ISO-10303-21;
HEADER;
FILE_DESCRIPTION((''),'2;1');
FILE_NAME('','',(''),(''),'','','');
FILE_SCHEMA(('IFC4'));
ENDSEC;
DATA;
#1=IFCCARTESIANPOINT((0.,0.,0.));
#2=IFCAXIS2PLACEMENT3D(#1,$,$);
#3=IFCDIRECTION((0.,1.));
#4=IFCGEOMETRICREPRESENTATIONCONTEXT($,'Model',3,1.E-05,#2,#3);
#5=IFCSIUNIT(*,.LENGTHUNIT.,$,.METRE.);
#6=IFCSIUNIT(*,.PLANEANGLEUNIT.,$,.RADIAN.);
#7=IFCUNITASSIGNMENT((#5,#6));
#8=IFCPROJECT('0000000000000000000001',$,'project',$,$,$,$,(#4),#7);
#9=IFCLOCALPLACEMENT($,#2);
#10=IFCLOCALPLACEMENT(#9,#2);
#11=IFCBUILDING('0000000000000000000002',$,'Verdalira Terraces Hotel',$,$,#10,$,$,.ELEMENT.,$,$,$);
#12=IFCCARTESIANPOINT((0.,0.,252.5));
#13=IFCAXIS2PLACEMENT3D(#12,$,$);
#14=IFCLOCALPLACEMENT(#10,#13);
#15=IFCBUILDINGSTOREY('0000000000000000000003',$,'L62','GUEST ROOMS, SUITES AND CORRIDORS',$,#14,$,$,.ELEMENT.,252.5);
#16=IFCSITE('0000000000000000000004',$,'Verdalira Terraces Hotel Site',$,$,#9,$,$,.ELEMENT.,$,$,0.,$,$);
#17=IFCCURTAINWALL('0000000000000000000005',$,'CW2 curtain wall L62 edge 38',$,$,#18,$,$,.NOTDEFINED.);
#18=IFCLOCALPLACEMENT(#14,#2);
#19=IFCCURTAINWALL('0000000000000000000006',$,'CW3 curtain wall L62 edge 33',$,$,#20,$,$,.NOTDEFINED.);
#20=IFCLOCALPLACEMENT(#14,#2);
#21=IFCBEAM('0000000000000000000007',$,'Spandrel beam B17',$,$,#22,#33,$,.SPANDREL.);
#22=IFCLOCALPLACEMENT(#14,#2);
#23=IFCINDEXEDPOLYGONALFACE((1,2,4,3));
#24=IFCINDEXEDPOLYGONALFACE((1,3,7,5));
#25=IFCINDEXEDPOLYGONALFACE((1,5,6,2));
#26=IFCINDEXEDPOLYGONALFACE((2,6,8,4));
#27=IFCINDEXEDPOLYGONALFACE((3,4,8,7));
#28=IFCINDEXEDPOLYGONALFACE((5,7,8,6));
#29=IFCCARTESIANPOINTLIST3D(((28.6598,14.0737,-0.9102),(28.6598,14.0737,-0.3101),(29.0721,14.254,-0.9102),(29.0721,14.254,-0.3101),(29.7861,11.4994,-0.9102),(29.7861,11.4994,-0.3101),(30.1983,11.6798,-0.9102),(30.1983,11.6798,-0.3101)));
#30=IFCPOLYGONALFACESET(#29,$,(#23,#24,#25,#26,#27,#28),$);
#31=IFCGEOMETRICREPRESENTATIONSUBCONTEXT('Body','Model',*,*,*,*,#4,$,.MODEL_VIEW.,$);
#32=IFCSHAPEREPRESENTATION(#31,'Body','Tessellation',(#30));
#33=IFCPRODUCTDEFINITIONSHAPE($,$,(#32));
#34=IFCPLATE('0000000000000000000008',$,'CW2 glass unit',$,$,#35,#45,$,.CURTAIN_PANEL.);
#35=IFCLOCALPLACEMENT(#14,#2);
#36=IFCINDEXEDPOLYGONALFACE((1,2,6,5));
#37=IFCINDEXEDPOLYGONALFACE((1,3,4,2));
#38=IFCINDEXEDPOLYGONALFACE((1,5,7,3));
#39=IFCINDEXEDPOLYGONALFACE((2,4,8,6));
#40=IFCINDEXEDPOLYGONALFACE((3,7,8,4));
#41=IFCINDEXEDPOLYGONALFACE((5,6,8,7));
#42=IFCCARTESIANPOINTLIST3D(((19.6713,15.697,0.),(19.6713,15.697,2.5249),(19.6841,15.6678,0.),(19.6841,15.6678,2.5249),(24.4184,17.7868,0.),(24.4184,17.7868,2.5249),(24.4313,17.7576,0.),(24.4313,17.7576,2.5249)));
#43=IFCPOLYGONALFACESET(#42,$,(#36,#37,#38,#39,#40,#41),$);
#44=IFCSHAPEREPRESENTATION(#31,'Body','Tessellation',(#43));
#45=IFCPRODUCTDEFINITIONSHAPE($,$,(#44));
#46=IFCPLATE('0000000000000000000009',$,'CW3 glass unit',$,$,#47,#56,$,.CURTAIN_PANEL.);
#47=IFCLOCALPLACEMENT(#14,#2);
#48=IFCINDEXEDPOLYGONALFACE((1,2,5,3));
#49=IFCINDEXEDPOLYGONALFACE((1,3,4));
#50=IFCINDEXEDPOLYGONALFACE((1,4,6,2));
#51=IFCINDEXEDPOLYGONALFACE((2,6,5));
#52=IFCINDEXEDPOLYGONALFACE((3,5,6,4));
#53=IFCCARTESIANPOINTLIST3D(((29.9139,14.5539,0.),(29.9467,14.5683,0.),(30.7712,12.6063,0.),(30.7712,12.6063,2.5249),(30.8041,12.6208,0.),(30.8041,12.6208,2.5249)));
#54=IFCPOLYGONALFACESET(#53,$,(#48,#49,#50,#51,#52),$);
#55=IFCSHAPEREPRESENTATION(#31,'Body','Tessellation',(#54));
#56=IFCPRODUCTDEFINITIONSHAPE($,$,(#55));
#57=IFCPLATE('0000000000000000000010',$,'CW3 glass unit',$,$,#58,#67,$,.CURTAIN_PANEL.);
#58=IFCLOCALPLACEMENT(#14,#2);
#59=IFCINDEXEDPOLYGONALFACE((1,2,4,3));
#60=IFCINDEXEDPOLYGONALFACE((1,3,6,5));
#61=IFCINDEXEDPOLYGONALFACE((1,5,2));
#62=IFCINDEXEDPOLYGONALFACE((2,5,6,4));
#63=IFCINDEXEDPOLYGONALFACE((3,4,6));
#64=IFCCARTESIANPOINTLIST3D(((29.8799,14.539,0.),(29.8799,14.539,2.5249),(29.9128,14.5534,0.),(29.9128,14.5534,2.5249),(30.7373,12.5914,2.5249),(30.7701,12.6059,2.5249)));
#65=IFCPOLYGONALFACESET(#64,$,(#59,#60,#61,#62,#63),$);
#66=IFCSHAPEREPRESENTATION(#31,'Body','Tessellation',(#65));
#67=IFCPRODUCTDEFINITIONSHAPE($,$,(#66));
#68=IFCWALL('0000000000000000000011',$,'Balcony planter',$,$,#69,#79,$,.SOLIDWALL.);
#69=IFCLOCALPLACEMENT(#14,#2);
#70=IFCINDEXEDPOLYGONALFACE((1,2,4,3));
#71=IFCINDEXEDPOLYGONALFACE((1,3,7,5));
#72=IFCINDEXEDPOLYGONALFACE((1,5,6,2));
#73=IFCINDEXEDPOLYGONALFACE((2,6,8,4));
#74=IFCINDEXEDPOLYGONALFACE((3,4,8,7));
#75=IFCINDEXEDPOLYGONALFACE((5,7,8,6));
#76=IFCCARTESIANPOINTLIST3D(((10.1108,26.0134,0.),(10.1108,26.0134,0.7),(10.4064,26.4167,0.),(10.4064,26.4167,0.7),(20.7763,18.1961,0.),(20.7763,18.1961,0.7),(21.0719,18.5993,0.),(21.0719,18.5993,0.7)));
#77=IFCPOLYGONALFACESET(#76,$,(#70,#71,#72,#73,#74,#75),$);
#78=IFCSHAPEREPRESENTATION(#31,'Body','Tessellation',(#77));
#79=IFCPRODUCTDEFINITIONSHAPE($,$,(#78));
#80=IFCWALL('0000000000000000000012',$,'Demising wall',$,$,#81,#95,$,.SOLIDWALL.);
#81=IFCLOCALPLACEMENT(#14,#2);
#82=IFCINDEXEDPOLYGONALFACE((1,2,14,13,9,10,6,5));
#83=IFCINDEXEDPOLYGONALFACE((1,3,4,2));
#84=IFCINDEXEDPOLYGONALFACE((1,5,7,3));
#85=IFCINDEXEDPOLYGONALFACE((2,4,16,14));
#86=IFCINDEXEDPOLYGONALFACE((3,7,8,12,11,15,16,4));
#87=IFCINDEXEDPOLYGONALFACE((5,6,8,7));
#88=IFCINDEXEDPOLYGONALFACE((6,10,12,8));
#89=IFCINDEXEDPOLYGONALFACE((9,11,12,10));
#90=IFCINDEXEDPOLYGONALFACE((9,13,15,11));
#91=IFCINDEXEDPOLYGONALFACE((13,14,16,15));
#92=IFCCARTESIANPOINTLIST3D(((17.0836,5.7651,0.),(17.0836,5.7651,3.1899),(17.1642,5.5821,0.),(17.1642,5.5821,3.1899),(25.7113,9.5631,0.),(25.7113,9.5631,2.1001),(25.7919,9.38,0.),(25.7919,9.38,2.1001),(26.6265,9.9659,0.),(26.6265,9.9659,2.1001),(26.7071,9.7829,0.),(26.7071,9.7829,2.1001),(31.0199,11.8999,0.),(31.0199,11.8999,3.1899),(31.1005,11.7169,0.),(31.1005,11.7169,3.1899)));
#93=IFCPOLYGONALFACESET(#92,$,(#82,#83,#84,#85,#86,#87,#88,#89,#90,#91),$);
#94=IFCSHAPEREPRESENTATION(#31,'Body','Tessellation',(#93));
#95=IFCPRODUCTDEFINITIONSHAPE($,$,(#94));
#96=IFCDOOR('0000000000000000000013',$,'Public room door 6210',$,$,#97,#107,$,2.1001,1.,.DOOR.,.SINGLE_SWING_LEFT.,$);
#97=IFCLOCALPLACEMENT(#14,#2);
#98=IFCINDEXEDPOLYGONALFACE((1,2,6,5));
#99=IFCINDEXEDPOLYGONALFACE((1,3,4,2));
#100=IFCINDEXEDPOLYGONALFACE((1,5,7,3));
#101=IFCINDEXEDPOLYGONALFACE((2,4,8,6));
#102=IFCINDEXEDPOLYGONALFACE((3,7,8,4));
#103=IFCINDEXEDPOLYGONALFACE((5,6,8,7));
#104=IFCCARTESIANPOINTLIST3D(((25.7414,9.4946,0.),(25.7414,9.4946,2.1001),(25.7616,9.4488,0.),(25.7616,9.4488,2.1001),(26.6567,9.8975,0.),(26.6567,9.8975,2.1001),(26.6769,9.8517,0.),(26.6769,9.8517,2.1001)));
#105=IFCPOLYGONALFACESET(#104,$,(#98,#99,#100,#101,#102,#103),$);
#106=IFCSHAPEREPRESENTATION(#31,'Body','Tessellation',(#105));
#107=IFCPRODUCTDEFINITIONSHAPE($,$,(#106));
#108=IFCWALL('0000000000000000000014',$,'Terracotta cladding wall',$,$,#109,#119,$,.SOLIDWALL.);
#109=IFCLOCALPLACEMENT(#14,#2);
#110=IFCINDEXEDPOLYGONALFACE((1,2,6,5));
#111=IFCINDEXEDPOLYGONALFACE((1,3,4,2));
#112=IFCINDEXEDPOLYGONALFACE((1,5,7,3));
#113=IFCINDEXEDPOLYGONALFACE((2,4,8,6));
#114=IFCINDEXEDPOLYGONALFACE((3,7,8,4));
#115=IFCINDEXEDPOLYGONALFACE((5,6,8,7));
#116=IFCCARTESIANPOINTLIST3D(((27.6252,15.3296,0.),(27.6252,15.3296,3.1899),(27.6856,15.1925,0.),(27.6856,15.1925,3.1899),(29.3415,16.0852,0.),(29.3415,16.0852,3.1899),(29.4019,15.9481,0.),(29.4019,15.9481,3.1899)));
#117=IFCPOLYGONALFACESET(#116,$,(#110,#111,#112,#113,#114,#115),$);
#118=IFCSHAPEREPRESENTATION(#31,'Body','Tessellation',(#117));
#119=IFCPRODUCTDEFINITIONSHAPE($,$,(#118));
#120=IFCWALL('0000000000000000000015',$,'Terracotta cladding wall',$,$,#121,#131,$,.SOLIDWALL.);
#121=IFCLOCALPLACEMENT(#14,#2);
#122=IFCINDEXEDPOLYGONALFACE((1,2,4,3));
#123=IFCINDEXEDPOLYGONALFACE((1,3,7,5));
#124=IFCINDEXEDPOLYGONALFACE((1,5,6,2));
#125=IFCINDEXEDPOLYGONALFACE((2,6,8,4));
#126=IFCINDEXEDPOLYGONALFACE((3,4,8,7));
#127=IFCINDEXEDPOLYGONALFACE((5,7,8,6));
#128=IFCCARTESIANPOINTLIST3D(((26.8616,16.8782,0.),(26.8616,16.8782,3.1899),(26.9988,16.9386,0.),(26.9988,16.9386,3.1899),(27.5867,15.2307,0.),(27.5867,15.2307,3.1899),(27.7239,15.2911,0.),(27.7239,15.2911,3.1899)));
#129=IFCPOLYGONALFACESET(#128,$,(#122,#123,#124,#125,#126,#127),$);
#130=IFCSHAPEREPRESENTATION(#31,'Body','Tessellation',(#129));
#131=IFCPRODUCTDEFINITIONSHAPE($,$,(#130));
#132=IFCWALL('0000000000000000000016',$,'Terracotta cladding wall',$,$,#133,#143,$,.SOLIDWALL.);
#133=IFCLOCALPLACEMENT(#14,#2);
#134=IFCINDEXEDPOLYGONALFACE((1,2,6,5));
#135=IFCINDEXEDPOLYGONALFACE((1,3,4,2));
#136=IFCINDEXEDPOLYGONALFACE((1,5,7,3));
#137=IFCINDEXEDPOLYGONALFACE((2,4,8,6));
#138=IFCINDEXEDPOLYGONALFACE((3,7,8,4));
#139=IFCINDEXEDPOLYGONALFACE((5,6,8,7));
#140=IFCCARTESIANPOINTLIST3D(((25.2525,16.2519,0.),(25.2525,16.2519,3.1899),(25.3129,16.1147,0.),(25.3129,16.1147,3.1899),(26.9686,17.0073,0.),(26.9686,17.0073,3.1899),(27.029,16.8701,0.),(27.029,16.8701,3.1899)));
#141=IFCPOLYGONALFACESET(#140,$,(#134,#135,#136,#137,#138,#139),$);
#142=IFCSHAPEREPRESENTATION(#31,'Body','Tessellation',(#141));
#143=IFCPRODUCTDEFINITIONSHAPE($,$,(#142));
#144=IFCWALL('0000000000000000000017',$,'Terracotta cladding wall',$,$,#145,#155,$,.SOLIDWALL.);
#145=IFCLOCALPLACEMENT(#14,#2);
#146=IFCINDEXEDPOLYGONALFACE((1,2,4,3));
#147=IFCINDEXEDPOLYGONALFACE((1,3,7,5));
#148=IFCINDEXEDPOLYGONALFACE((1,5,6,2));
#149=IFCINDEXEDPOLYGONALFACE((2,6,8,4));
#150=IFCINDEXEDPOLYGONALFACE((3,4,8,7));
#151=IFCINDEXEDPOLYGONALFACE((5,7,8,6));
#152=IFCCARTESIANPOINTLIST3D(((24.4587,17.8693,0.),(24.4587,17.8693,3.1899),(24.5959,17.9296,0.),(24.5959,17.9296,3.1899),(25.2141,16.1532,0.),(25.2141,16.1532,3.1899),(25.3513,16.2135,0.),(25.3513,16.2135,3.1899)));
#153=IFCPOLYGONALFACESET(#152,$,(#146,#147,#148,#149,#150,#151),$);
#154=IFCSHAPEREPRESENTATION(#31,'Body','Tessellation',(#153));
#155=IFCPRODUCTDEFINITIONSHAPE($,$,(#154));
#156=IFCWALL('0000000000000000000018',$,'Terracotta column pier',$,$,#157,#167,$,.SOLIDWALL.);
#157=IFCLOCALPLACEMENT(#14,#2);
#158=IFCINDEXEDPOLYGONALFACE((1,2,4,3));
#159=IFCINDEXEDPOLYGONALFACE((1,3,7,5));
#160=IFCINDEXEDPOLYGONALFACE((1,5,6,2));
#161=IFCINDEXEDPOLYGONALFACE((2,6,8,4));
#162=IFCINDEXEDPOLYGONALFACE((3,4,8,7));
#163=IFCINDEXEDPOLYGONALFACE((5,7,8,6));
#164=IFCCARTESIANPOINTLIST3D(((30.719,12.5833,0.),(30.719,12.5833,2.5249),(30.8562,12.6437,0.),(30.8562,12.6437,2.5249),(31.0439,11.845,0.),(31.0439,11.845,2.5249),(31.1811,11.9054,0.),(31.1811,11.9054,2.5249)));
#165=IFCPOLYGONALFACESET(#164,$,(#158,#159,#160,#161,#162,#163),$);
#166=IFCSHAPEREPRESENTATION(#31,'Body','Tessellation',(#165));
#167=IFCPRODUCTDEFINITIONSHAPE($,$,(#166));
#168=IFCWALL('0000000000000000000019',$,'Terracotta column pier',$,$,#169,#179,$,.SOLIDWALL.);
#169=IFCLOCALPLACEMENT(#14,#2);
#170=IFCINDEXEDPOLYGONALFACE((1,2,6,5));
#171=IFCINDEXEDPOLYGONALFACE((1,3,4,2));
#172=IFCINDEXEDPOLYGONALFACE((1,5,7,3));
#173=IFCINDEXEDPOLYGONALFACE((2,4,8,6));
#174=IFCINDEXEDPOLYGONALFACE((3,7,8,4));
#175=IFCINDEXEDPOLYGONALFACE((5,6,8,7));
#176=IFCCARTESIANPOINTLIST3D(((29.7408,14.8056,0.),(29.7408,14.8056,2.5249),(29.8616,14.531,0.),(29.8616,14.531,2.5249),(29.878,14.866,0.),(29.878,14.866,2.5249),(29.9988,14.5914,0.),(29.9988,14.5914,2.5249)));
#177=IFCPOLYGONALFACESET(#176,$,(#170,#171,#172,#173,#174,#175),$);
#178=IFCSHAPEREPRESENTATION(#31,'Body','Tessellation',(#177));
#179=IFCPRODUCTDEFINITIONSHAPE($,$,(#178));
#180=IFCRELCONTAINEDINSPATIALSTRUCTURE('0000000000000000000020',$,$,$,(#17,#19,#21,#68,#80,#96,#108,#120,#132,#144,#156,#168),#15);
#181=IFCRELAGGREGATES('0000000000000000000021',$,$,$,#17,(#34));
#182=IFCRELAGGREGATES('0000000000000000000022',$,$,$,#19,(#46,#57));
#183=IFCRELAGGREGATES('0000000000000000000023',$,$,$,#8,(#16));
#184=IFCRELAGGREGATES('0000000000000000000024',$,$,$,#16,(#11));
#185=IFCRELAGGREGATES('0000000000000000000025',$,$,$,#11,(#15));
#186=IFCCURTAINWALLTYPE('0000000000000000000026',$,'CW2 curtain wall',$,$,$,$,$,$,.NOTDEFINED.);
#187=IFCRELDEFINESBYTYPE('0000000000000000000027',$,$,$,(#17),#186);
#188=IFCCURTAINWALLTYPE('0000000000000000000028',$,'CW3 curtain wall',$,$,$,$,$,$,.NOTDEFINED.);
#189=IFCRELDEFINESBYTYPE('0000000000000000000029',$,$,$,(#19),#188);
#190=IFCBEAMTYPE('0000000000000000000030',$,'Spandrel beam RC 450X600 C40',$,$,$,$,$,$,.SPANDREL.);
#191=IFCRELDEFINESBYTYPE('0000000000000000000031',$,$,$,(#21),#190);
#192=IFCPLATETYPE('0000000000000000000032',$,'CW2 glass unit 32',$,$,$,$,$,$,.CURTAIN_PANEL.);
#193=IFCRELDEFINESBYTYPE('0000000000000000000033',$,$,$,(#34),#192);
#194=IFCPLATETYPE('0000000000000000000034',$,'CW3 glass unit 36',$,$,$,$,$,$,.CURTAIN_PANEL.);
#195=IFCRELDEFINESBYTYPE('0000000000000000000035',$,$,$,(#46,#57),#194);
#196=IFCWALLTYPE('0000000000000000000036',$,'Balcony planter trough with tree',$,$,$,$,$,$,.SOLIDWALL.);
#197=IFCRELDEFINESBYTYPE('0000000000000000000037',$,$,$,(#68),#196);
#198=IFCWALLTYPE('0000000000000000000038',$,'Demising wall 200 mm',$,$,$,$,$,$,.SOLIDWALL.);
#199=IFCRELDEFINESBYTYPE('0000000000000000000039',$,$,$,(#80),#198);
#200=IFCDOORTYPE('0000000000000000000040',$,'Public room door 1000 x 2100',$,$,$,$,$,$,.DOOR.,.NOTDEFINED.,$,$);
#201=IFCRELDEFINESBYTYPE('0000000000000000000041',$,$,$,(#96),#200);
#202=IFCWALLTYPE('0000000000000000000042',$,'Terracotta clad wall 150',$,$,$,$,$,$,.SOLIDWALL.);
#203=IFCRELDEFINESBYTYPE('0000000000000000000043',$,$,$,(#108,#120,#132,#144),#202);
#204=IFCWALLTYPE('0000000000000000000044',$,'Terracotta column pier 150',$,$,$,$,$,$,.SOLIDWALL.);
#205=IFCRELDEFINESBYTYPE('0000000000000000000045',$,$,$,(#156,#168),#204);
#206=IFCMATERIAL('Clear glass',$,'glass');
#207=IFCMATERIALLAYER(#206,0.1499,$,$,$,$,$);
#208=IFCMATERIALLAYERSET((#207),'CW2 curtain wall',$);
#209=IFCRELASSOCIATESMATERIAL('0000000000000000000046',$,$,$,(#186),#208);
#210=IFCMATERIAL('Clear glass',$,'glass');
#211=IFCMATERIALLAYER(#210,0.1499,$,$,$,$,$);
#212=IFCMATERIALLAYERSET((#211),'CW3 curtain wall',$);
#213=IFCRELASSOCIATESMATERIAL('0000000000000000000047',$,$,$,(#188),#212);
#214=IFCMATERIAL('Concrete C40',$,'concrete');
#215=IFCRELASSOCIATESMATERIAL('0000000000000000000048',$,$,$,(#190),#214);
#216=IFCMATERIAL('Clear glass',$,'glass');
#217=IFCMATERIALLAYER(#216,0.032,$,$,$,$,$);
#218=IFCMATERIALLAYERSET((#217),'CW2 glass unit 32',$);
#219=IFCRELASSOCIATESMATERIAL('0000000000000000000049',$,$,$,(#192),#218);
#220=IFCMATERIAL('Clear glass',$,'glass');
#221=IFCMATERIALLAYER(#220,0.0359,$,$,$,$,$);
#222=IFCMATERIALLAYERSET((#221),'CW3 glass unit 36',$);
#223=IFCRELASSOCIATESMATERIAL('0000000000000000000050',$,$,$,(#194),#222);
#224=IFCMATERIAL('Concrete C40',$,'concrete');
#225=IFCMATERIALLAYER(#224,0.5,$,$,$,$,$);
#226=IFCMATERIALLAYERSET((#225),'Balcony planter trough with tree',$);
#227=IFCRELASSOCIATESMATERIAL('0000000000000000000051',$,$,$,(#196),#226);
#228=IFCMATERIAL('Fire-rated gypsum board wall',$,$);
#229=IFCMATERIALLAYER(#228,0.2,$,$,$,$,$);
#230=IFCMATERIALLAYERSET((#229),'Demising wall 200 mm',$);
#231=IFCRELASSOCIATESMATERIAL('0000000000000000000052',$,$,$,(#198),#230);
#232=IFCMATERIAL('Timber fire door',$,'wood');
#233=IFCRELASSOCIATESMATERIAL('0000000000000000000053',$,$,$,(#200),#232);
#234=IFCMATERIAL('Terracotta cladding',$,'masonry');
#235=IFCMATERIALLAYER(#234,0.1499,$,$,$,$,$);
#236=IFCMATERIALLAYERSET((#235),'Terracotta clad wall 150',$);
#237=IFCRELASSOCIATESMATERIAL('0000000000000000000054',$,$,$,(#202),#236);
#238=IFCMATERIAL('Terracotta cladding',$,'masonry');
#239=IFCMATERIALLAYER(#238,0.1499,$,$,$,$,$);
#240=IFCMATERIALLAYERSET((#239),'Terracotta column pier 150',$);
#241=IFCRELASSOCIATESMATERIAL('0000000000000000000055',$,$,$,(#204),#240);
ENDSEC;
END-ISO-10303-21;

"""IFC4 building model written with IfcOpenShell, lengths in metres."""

from ifc_helpers import new_model, si_unit, direction, frame, frame_2d, origin, origin_2d, place, context, subcontext, project, spatial, polyline, rectangle, outline, extrude, material, layer, layer_set, material_profile, profile_set, type_object, element, fill, aggregate, save


model = new_model("IFC4")

# Units and contexts
model_context = context("Model", 3, precision=1e-05, world=origin(), true_north=direction((0.0, 1.0)))
body_context = subcontext(model_context, "Body", "Model", "MODEL_VIEW")
ifc_project = project(units=[si_unit("LENGTHUNIT", "METRE"), si_unit("PLANEANGLEUNIT", "RADIAN")], contexts=[model_context])

# Site, building, storey
site_placement = place(None, origin())
site = spatial("IfcSite", under=ifc_project, at=site_placement, Name="Verdalira Terraces Hotel Site", CompositionType="ELEMENT", RefElevation=0.0)
building_placement = place(site_placement, origin())
building = spatial("IfcBuilding", under=site, at=building_placement, Name="Verdalira Terraces Hotel", CompositionType="ELEMENT")
storey_placement = place(building_placement, frame((0.0, 0.0, 252.5)))
storey = spatial("IfcBuildingStorey", under=building, at=storey_placement, Name="L62", Description="GUEST ROOMS, SUITES AND CORRIDORS", CompositionType="ELEMENT", Elevation=252.5)

# Curtain walls
ifc_material_1 = material(Name="Clear glass", Category="glass")
ifc_layer_1 = layer(ifc_material_1, 0.1499)
ifc_layer_set_1 = layer_set([ifc_layer_1], Name="CW2 curtain wall")
curtain_wall_type_1 = type_object("IfcCurtainWallType", Name="CW2 curtain wall", PredefinedType="NOTDEFINED", material=ifc_layer_set_1)
curtain_wall_1_placement = place(storey_placement, origin())
curtain_wall_1 = element("IfcCurtainWall", 1, at=curtain_wall_1_placement, inside=storey, type_object=curtain_wall_type_1, Name="CW2 curtain wall L62 edge 38", PredefinedType="NOTDEFINED")
ifc_material_2 = material(Name="Clear glass", Category="glass")
ifc_layer_2 = layer(ifc_material_2, 0.1499)
ifc_layer_set_2 = layer_set([ifc_layer_2], Name="CW3 curtain wall")
curtain_wall_type_2 = type_object("IfcCurtainWallType", Name="CW3 curtain wall", PredefinedType="NOTDEFINED", material=ifc_layer_set_2)
curtain_wall_2_placement = place(storey_placement, origin())
curtain_wall_2 = element("IfcCurtainWall", 2, at=curtain_wall_2_placement, inside=storey, type_object=curtain_wall_type_2, Name="CW3 curtain wall L62 edge 33", PredefinedType="NOTDEFINED")

# Beam
ifc_material_3 = material(Name="Concrete C40", Category="concrete")
ifc_material_profile_1 = material_profile(ifc_material_3, rectangle(XDim=0.45, YDim=0.6001, at=origin_2d()), Name="RC 450X600")
ifc_profile_set_1 = profile_set([ifc_material_profile_1], Name="Concrete C40")
beam_type_1 = type_object("IfcBeamType", Name="Spandrel beam RC 450X600 C40", PredefinedType="SPANDREL", material=ifc_profile_set_1)
beam_1_placement = place(storey_placement, frame((29.9922, 11.5896, -0.6101), z_axis=(-0.400819, 0.916157, 0.0), x_axis=(-0.916157, -0.400819, 0.0)))
element("IfcBeam", 3, at=beam_1_placement, inside=storey, type_object=beam_type_1, Name="Spandrel beam B17", PredefinedType="SPANDREL", context=body_context, shape_type="SweptSolid", body=[
    extrude(rectangle(XDim=0.45, YDim=0.6001, at=origin_2d()), origin(), (0.0, 0.0, 1.0), 2.8098),
])

# Plates
ifc_material_4 = material(Name="Clear glass", Category="glass")
ifc_layer_3 = layer(ifc_material_4, 0.032)
ifc_layer_set_3 = layer_set([ifc_layer_3], Name="CW2 glass unit 32")
plate_type_1 = type_object("IfcPlateType", Name="CW2 glass unit 32", PredefinedType="CURTAIN_PANEL", material=ifc_layer_set_3)
plate_1_placement = place(storey_placement, frame((22.0513, 16.7273, 0.0), z_axis=(0.0, 0.0, 1.0), x_axis=(-0.915241, -0.402906, 0.0)))
plate_1 = element("IfcPlate", 4, at=plate_1_placement, type_object=plate_type_1, Name="CW2 glass unit", PredefinedType="CURTAIN_PANEL", context=body_context, shape_type="SweptSolid", body=[
    extrude(rectangle(XDim=5.1868, YDim=0.032, at=origin_2d()), origin(), (0.0, 0.0, 1.0), 2.5249),
])
aggregate(curtain_wall_1, [plate_1])
ifc_material_5 = material(Name="Clear glass", Category="glass")
ifc_layer_4 = layer(ifc_material_5, 0.0359)
ifc_layer_set_4 = layer_set([ifc_layer_4], Name="CW3 glass unit 36")
plate_type_2 = type_object("IfcPlateType", Name="CW3 glass unit 36", PredefinedType="CURTAIN_PANEL", material=ifc_layer_set_4)
plate_2_placement = place(storey_placement, frame((30.3425, 13.5801, 1.2625), z_axis=(0.915241, 0.402906, 0.0), x_axis=(-0.402906, 0.915241, 0.0)))
plate_2 = element("IfcPlate", 5, at=plate_2_placement, type_object=plate_type_2, Name="CW3 glass unit", PredefinedType="CURTAIN_PANEL", context=body_context, shape_type="SweptSolid", body=[
    extrude(outline(polyline([(-1.064, -1.2625), (1.064, -1.2625), (-1.064, 1.2625), (-1.064, -1.2625)])), origin(), (0.0, 0.0, 1.0), 0.0359),
])
plate_3_placement = place(storey_placement, frame((30.3086, 13.5652, 1.2625), z_axis=(0.915241, 0.402906, 0.0), x_axis=(-0.402906, 0.915241, 0.0)))
plate_3 = element("IfcPlate", 6, at=plate_3_placement, type_object=plate_type_2, Name="CW3 glass unit", PredefinedType="CURTAIN_PANEL", context=body_context, shape_type="SweptSolid", body=[
    extrude(outline(polyline([(1.064, -1.2625), (1.064, 1.2625), (-1.064, 1.2625), (1.064, -1.2625)])), origin(), (0.0, 0.0, 1.0), 0.0359),
])
aggregate(curtain_wall_2, [plate_2, plate_3])

# Wall
ifc_material_6 = material(Name="Concrete C40", Category="concrete")
ifc_layer_5 = layer(ifc_material_6, 0.5)
ifc_layer_set_5 = layer_set([ifc_layer_5], Name="Balcony planter trough with tree")
wall_type_1 = type_object("IfcWallType", Name="Balcony planter trough with tree", PredefinedType="SOLIDWALL", material=ifc_layer_set_5)
wall_1_placement = place(storey_placement, frame((20.9241, 18.3977, 0.0), z_axis=(0.0, 0.0, 1.0), x_axis=(-0.806549, 0.591167, 0.0)))
element("IfcWall", 7, at=wall_1_placement, inside=storey, type_object=wall_type_1, Name="Balcony planter", PredefinedType="SOLIDWALL", context=body_context, shape_type="SweptSolid", body=[
    extrude(rectangle(XDim=13.2236, YDim=0.5, at=frame_2d((6.6118, 0.0))), origin(), (0.0, 0.0, 1.0), 0.7),
])

# Wall, opening, door
ifc_material_7 = material(Name="Fire-rated gypsum board wall")
ifc_layer_6 = layer(ifc_material_7, 0.2)
ifc_layer_set_6 = layer_set([ifc_layer_6], Name="Demising wall 200 mm")
wall_type_2 = type_object("IfcWallType", Name="Demising wall 200 mm", PredefinedType="SOLIDWALL", material=ifc_layer_set_6)
wall_2_placement = place(storey_placement, frame((31.0601, 11.8084, 0.0), z_axis=(0.0, 0.0, 1.0), x_axis=(-0.915247, -0.402893, 0.0)))
wall_2 = element("IfcWall", 8, at=wall_2_placement, inside=storey, type_object=wall_type_2, Name="Demising wall", PredefinedType="SOLIDWALL", context=body_context, shape_type="SweptSolid", body=[
    extrude(rectangle(XDim=15.2268, YDim=0.2, at=frame_2d((7.6133, 0.0))), origin(), (0.0, 0.0, 1.0), 3.1899),
])
opening_placement = place(wall_2_placement, frame((4.8, 0.0, 0.0)))
opening = element("IfcOpeningElement", 9, at=opening_placement, cuts=wall_2, PredefinedType="OPENING", context=body_context, shape_type="SweptSolid", body=[
    extrude(rectangle(XDim=1.0, YDim=2.1001, at=frame_2d((0.5, 1.05))), frame((0.0, 0.1099, 0.0), z_axis=(0.0, -1.0, 0.0), x_axis=(1.0, 0.0, 0.0)), (0.0, 0.0, 1.0), 0.22),
])
ifc_material_8 = material(Name="Timber fire door", Category="wood")
door_type = type_object("IfcDoorType", Name="Public room door 1000 x 2100", OperationType="NOTDEFINED", PredefinedType="DOOR", material=ifc_material_8)
door_placement = place(opening_placement, origin())
door = element("IfcDoor", 10, at=door_placement, inside=storey, type_object=door_type, Name="Public room door 6210", OperationType="SINGLE_SWING_LEFT", OverallHeight=2.1001, OverallWidth=1.0, PredefinedType="DOOR", context=body_context, shape_type="SweptSolid", body=[
    extrude(rectangle(XDim=1.0, YDim=2.1001, at=frame_2d((0.5, 1.05))), frame((0.0, 0.0249, 0.0), z_axis=(0.0, -1.0, 0.0), x_axis=(1.0, 0.0, 0.0)), (0.0, 0.0, 1.0), 0.05),
])
fill(opening, door)

# Walls
ifc_material_9 = material(Name="Terracotta cladding", Category="masonry")
ifc_layer_7 = layer(ifc_material_9, 0.1499)
ifc_layer_set_7 = layer_set([ifc_layer_7], Name="Terracotta clad wall 150")
wall_type_3 = type_object("IfcWallType", Name="Terracotta clad wall 150", PredefinedType="SOLIDWALL", material=ifc_layer_set_7)
wall_3_placement = place(storey_placement, frame((29.3716, 16.0166, 0.0), z_axis=(0.0, 0.0, 1.0), x_axis=(-0.915229, -0.402935, 0.0)))
element("IfcWall", 11, at=wall_3_placement, inside=storey, type_object=wall_type_3, Name="Terracotta cladding wall", PredefinedType="SOLIDWALL", context=body_context, shape_type="SweptSolid", body=[
    extrude(rectangle(XDim=1.8752, YDim=0.1499, at=frame_2d((0.9375, 0.0))), origin(), (0.0, 0.0, 1.0), 3.1899),
])
wall_4_placement = place(storey_placement, frame((27.6553, 15.261, 0.0), z_axis=(0.0, 0.0, 1.0), x_axis=(-0.402839, 0.915271, 0.0)))
element("IfcWall", 12, at=wall_4_placement, inside=storey, type_object=wall_type_3, Name="Terracotta cladding wall", PredefinedType="SOLIDWALL", context=body_context, shape_type="SweptSolid", body=[
    extrude(rectangle(XDim=1.8, YDim=0.1499, at=frame_2d((0.8999, 0.0))), origin(), (0.0, 0.0, 1.0), 3.1899),
])
for number, where, z_axis, x_axis, name in (
    (13, (26.9988, 16.9387, 0.0), (0.0, 0.0, 1.0), (-0.915256, -0.402874, 0.0), "Terracotta cladding wall"),
    (14, (25.2827, 16.1834, 0.0), (0.0, 0.0, 1.0), (-0.402874, 0.915256, 0.0), "Terracotta cladding wall"),
):
    element("IfcWall", number, at=place(storey_placement, frame(where, z_axis=z_axis, x_axis=x_axis)), inside=storey, type_object=wall_type_3, Name=name, PredefinedType="SOLIDWALL", context=body_context, shape_type="SweptSolid", body=[
        extrude(rectangle(XDim=1.875, YDim=0.1499, at=frame_2d((0.9375, 0.0))), origin(), (0.0, 0.0, 1.0), 3.1899),
    ])
ifc_material_10 = material(Name="Terracotta cladding", Category="masonry")
ifc_layer_8 = layer(ifc_material_10, 0.1499)
ifc_layer_set_8 = layer_set([ifc_layer_8], Name="Terracotta column pier 150")
wall_type_4 = type_object("IfcWallType", Name="Terracotta column pier 150", PredefinedType="SOLIDWALL", material=ifc_layer_set_8)
wall_5_placement = place(storey_placement, frame((31.1125, 11.8752, 0.0), z_axis=(0.0, 0.0, 1.0), x_axis=(-0.40285, 0.915266, 0.0)))
element("IfcWall", 15, at=wall_5_placement, inside=storey, type_object=wall_type_4, Name="Terracotta column pier", PredefinedType="SOLIDWALL", context=body_context, shape_type="SweptSolid", body=[
    extrude(rectangle(XDim=0.8066, YDim=0.1499, at=frame_2d((0.4033, 0.0))), origin(), (0.0, 0.0, 1.0), 2.5249),
])
wall_6_placement = place(storey_placement, frame((29.9302, 14.5613, 0.0), z_axis=(0.0, 0.0, 1.0), x_axis=(-0.402739, 0.915315, 0.0)))
element("IfcWall", 16, at=wall_6_placement, inside=storey, type_object=wall_type_4, Name="Terracotta column pier", PredefinedType="SOLIDWALL", context=body_context, shape_type="SweptSolid", body=[
    extrude(rectangle(XDim=0.3, YDim=0.1499, at=frame_2d((0.1499, 0.0))), origin(), (0.0, 0.0, 1.0), 2.5249),
])

save(model, "model.ifc")
